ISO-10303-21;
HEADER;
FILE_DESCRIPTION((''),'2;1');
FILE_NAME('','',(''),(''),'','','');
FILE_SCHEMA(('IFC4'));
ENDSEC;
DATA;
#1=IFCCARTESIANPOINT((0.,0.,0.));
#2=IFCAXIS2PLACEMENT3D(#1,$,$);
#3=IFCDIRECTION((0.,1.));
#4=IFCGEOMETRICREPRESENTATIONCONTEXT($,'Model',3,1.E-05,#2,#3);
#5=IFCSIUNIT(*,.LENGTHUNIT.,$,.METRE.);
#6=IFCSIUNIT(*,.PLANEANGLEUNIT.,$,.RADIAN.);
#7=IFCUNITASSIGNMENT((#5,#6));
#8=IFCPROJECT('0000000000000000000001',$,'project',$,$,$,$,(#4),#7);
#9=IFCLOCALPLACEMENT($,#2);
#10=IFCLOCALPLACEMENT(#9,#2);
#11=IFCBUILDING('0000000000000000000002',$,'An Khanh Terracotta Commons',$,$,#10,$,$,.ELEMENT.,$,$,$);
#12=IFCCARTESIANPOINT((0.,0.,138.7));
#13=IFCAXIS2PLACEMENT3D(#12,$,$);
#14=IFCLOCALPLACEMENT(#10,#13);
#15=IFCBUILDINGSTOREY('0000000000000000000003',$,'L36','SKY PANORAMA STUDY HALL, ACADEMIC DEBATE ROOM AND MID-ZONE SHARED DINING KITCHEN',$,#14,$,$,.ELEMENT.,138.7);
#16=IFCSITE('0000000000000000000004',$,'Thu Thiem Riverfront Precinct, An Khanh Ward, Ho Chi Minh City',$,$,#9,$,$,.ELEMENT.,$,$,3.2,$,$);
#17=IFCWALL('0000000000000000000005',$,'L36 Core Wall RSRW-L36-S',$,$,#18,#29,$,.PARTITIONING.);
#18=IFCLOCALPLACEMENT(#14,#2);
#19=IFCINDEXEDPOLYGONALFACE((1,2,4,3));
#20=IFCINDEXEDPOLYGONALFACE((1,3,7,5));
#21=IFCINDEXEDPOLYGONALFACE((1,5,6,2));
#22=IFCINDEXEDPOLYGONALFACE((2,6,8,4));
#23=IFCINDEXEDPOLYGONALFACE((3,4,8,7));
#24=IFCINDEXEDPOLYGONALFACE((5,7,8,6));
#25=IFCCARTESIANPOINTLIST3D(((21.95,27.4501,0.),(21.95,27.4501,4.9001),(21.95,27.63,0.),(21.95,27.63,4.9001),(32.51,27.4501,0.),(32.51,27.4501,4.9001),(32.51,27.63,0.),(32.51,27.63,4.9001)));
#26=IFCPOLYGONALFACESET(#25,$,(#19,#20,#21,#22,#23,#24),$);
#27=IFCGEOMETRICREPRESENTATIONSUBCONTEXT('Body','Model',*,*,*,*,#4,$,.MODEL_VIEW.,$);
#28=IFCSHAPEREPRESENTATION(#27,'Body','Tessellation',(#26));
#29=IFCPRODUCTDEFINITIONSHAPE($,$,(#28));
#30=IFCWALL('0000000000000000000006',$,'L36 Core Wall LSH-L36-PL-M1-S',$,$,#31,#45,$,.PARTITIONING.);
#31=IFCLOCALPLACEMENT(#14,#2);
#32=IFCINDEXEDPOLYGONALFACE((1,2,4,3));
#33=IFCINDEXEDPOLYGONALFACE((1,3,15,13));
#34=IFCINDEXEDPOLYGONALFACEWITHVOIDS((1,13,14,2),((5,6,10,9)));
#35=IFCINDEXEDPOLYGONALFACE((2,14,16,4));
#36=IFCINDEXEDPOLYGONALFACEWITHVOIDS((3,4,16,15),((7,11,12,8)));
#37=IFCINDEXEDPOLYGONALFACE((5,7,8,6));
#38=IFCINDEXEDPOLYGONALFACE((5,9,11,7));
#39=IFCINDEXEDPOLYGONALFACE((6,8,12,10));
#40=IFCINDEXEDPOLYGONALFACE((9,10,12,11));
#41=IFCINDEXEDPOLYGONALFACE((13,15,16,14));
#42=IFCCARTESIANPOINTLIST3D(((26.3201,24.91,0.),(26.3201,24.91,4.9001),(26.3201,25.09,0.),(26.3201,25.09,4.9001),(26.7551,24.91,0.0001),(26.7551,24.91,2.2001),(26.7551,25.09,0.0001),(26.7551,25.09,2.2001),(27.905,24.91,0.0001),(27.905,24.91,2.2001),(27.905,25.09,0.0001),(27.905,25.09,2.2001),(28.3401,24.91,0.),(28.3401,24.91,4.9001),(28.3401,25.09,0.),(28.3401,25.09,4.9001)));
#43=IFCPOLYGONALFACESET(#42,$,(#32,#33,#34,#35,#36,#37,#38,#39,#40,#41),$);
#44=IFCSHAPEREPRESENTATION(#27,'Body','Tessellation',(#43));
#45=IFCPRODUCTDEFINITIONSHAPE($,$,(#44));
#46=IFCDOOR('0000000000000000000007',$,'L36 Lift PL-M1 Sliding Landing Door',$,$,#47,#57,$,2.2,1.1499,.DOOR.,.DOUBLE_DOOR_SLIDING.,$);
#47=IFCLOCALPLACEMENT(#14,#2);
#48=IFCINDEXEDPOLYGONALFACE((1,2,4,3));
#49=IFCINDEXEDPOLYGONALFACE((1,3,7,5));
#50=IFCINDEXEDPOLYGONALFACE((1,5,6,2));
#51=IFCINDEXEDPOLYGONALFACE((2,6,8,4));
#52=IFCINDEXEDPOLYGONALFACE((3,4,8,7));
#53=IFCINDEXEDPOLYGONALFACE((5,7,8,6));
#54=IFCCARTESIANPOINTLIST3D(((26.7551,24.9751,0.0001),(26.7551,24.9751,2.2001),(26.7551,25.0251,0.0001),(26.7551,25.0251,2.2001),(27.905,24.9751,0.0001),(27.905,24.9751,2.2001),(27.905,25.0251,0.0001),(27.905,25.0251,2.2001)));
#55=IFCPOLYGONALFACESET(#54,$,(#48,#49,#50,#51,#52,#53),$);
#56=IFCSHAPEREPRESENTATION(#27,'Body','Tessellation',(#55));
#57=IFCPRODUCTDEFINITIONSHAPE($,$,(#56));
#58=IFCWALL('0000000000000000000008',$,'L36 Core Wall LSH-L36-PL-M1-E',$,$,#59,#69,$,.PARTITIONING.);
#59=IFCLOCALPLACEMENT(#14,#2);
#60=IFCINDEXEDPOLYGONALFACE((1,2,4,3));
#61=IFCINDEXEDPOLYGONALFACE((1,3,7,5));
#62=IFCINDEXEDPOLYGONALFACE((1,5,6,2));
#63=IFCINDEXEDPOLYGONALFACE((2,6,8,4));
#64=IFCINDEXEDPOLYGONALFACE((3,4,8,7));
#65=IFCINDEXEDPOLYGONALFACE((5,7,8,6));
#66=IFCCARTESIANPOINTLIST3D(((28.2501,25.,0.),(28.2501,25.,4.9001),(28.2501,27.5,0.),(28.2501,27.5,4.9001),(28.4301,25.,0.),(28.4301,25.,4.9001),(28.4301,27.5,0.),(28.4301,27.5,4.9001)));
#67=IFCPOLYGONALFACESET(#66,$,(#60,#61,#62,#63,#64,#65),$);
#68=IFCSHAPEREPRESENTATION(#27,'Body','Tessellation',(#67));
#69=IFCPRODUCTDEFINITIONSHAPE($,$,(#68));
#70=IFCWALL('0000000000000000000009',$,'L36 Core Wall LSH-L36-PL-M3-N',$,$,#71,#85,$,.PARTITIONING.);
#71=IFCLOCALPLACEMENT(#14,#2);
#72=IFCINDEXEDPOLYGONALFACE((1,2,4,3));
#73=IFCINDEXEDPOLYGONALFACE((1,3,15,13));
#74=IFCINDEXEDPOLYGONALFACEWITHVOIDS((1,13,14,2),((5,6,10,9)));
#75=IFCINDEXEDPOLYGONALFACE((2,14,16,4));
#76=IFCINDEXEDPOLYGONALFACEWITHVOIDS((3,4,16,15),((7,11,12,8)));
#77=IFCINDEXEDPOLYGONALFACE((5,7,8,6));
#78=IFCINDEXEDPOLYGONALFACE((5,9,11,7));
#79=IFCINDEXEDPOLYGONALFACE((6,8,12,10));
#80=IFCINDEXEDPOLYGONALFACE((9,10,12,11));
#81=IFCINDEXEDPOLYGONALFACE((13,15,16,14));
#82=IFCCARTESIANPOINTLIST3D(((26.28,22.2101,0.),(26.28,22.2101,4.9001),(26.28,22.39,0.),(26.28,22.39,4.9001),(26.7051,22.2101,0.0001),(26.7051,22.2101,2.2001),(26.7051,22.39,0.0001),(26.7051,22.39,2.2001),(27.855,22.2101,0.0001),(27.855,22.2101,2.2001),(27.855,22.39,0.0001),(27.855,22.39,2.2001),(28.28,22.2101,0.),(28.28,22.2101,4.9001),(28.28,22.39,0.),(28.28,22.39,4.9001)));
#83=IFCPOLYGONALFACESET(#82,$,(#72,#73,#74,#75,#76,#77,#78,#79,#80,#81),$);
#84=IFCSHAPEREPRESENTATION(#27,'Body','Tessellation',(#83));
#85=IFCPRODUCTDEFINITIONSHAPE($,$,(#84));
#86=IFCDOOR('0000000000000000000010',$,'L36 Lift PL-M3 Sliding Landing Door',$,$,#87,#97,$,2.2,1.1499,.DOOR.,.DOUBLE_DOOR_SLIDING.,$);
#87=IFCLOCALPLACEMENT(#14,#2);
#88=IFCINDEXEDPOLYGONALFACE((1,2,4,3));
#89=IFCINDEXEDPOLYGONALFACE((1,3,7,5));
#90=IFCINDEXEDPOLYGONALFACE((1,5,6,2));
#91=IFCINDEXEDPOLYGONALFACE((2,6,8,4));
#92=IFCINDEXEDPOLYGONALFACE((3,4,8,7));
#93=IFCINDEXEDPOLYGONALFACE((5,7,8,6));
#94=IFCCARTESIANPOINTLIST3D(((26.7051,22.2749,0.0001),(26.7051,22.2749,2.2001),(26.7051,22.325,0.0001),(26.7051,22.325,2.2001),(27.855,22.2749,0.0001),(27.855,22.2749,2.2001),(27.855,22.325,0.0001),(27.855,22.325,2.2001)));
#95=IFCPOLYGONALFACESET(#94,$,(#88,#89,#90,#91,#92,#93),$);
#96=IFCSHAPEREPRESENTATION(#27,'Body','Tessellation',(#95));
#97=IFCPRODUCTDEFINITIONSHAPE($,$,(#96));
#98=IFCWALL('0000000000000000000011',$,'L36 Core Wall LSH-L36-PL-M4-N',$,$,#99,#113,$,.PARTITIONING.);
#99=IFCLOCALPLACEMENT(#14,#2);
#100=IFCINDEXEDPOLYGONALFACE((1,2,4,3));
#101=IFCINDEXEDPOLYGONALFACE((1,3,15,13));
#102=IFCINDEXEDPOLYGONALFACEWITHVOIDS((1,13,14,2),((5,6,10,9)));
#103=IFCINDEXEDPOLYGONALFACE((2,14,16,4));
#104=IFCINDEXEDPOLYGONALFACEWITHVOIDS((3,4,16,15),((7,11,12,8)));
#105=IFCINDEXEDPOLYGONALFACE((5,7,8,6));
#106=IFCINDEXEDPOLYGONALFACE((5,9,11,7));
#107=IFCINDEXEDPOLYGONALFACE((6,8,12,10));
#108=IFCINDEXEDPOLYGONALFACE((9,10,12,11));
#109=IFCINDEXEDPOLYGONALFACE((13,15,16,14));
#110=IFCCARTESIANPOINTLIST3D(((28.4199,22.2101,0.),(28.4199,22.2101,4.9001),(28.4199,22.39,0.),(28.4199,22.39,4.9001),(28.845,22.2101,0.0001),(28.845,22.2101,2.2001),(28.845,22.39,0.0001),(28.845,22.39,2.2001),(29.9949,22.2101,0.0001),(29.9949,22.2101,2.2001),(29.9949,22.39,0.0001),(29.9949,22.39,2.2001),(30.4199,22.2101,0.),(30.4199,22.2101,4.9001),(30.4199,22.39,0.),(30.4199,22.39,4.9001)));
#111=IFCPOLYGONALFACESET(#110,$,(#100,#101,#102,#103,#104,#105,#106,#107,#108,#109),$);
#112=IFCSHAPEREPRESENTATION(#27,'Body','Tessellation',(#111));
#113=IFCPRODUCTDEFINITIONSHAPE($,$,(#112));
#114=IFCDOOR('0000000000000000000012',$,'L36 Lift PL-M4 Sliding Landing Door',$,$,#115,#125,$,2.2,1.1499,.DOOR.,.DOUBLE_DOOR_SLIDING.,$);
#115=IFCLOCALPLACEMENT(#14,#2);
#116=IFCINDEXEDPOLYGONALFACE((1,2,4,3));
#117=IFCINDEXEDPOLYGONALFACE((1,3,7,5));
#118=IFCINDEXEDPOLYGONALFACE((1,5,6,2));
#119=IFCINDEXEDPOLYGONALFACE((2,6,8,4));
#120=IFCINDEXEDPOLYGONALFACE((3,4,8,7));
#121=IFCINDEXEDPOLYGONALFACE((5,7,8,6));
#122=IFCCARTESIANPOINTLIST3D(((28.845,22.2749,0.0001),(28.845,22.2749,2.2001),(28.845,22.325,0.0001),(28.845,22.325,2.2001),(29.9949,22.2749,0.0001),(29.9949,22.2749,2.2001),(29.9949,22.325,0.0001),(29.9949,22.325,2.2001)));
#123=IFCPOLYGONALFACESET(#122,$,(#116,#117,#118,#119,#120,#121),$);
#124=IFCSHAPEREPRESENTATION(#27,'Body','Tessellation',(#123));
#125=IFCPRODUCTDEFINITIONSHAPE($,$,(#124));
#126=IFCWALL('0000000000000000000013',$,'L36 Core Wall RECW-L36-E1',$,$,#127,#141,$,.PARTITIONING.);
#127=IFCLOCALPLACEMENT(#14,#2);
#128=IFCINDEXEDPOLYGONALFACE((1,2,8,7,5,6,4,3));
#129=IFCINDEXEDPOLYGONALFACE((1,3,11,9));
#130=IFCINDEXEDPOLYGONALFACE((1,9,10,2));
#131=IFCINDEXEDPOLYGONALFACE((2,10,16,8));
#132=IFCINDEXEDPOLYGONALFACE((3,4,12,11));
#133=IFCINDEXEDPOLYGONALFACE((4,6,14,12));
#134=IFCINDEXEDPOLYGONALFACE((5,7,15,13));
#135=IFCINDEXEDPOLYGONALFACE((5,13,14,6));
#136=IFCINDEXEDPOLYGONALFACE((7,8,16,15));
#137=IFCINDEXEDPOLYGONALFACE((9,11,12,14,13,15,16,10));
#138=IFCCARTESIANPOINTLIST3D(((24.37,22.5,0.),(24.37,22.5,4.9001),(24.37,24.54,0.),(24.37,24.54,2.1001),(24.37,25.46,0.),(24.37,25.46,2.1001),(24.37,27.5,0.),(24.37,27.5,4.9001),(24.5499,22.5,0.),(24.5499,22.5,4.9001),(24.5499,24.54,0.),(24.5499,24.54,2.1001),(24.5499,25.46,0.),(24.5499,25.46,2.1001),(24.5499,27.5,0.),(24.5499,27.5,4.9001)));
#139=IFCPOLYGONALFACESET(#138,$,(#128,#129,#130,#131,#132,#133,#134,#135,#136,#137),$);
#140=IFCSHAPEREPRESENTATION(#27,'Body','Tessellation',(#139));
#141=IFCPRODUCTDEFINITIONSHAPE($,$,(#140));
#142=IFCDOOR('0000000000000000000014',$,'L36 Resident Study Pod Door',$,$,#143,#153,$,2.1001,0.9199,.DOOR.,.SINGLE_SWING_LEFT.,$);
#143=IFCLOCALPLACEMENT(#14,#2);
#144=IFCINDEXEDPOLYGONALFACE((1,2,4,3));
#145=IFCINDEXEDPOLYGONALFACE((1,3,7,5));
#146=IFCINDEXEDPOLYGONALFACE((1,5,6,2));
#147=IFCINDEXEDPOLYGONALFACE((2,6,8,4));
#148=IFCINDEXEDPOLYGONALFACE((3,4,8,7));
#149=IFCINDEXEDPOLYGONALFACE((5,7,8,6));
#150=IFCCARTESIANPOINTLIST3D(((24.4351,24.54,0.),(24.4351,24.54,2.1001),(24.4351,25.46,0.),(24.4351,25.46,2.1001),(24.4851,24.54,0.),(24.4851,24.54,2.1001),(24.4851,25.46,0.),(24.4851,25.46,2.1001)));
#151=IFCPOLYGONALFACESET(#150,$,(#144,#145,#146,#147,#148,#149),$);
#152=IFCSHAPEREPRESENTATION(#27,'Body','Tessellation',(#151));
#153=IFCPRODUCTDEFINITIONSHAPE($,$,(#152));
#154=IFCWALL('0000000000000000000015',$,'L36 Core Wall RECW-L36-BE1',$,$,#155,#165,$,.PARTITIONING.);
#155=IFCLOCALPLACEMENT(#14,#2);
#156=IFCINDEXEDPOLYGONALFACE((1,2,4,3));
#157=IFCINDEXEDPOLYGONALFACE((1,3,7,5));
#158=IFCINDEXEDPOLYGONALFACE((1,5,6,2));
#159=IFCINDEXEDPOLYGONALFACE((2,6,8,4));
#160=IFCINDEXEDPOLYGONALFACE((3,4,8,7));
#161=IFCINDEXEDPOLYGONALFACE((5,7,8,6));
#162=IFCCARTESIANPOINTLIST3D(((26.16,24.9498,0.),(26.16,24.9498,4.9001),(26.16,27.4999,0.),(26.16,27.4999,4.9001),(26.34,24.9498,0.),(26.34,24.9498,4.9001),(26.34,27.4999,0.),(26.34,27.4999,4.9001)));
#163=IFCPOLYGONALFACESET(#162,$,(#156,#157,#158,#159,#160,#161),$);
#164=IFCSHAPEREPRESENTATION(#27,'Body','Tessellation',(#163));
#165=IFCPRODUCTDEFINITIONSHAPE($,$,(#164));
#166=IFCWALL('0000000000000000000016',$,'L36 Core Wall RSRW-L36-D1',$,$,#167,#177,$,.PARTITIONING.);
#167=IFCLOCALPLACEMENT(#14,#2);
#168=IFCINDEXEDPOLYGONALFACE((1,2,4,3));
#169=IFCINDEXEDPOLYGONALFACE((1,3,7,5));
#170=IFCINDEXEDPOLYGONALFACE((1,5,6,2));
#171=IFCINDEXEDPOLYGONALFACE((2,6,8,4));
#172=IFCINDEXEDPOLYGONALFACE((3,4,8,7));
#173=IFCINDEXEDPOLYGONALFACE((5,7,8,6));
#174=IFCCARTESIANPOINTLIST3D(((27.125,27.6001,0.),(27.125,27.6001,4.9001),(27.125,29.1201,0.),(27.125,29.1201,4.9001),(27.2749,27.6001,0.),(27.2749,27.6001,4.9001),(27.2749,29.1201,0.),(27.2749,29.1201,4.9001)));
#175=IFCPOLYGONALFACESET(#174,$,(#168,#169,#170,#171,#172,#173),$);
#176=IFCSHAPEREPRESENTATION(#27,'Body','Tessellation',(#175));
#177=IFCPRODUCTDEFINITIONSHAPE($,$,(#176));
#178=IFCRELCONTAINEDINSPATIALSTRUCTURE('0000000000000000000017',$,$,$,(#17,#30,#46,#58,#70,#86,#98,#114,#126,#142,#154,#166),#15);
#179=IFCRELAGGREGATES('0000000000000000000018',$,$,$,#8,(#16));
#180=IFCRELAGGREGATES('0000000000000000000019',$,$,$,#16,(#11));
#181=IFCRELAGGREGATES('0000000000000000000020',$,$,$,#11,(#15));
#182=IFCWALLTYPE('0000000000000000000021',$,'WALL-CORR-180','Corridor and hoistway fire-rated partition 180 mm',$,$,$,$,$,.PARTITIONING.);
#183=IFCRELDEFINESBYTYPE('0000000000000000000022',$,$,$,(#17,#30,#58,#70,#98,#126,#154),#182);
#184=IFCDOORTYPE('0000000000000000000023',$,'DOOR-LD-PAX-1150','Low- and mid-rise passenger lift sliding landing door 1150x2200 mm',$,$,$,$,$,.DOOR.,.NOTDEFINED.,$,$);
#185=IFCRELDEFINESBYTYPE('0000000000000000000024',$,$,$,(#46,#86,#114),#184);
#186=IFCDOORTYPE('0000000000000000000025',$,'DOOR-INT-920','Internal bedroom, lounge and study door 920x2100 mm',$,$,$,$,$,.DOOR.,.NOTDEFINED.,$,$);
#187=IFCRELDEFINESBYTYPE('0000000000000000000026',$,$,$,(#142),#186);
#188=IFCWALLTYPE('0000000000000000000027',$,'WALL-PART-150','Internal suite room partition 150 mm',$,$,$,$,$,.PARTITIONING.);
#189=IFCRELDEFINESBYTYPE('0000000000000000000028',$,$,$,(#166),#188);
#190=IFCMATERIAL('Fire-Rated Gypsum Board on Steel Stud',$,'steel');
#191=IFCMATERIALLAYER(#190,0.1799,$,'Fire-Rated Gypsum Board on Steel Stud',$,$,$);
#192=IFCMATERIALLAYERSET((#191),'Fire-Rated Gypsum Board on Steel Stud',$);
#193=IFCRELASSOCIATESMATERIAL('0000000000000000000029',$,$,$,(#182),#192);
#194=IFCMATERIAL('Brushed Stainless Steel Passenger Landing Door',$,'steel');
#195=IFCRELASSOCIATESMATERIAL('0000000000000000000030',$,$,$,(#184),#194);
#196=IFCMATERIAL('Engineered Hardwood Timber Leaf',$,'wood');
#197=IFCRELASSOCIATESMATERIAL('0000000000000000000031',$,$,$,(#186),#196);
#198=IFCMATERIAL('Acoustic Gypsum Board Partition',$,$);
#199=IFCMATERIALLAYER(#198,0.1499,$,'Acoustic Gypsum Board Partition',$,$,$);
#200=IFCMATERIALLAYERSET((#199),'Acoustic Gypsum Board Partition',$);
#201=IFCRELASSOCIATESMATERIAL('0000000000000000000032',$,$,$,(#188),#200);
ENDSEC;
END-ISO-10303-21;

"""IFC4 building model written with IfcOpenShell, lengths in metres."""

from ifc_helpers import new_model, si_unit, direction, frame, frame_2d, origin, place, context, subcontext, project, spatial, rectangle, extrude, material, layer, layer_set, type_object, element, fill, save


model = new_model("IFC4")

# Units and contexts
model_context = context("Model", 3, precision=1e-05, world=origin(), true_north=direction((0.0, 1.0)))
body_context = subcontext(model_context, "Body", "Model", "MODEL_VIEW")
ifc_project = project(units=[si_unit("LENGTHUNIT", "METRE"), si_unit("PLANEANGLEUNIT", "RADIAN")], contexts=[model_context])

# Site, building, storey
site_placement = place(None, origin())
site = spatial("IfcSite", under=ifc_project, at=site_placement, Name="Thu Thiem Riverfront Precinct, An Khanh Ward, Ho Chi Minh City", CompositionType="ELEMENT", RefElevation=3.2)
building_placement = place(site_placement, origin())
building = spatial("IfcBuilding", under=site, at=building_placement, Name="An Khanh Terracotta Commons", CompositionType="ELEMENT")
storey_placement = place(building_placement, frame((0.0, 0.0, 138.7)))
storey = spatial("IfcBuildingStorey", under=building, at=storey_placement, Name="L36", Description="SKY PANORAMA STUDY HALL, ACADEMIC DEBATE ROOM AND MID-ZONE SHARED DINING KITCHEN", CompositionType="ELEMENT", Elevation=138.7)

# Wall
ifc_material_1 = material(Name="Fire-Rated Gypsum Board on Steel Stud", Category="steel")
ifc_layer_1 = layer(ifc_material_1, 0.1799, Name="Fire-Rated Gypsum Board on Steel Stud")
ifc_layer_set_1 = layer_set([ifc_layer_1], Name="Fire-Rated Gypsum Board on Steel Stud")
wall_type_1 = type_object("IfcWallType", Name="WALL-CORR-180", Description="Corridor and hoistway fire-rated partition 180 mm", PredefinedType="PARTITIONING", material=ifc_layer_set_1)
wall_1_placement = place(storey_placement, frame((21.95, 27.54, 0.0), z_axis=(0.0, 0.0, 1.0), x_axis=(1.0, 0.0, 0.0)))
element("IfcWall", 1, at=wall_1_placement, inside=storey, type_object=wall_type_1, Name="L36 Core Wall RSRW-L36-S", PredefinedType="PARTITIONING", context=body_context, shape_type="SweptSolid", body=[
    extrude(rectangle(XDim=10.5601, YDim=0.1799, at=frame_2d((5.28, 0.0))), origin(), (0.0, 0.0, 1.0), 4.9001),
])

# Wall, opening, door
wall_2_placement = place(storey_placement, frame((28.3401, 25.0, 0.0), z_axis=(0.0, 0.0, 1.0), x_axis=(-1.0, 0.0, 0.0)))
wall_2 = element("IfcWall", 2, at=wall_2_placement, inside=storey, type_object=wall_type_1, Name="L36 Core Wall LSH-L36-PL-M1-S", PredefinedType="PARTITIONING", context=body_context, shape_type="SweptSolid", body=[
    extrude(rectangle(XDim=2.02, YDim=0.1799, at=frame_2d((1.01, 0.0))), origin(), (0.0, 0.0, 1.0), 4.9001),
])
opening_1_placement = place(wall_2_placement, frame((0.4351, 0.0, 0.0)))
opening_1 = element("IfcOpeningElement", 3, at=opening_1_placement, cuts=wall_2, PredefinedType="OPENING", context=body_context, shape_type="SweptSolid", body=[
    extrude(rectangle(XDim=1.1499, YDim=2.2, at=frame_2d((0.575, 1.1001))), frame((0.0, 0.0999, 0.0), z_axis=(0.0, -1.0, 0.0), x_axis=(1.0, 0.0, 0.0)), (0.0, 0.0, 1.0), 0.2),
])
ifc_material_2 = material(Name="Brushed Stainless Steel Passenger Landing Door", Category="steel")
door_type_1 = type_object("IfcDoorType", Name="DOOR-LD-PAX-1150", Description="Low- and mid-rise passenger lift sliding landing door 1150x2200 mm", OperationType="NOTDEFINED", PredefinedType="DOOR", material=ifc_material_2)
door_1_placement = place(opening_1_placement, origin())
door_1 = element("IfcDoor", 4, at=door_1_placement, inside=storey, type_object=door_type_1, Name="L36 Lift PL-M1 Sliding Landing Door", OperationType="DOUBLE_DOOR_SLIDING", OverallHeight=2.2, OverallWidth=1.1499, PredefinedType="DOOR", context=body_context, shape_type="SweptSolid", body=[
    extrude(rectangle(XDim=1.1499, YDim=2.2, at=frame_2d((0.575, 1.1001))), frame((0.0, 0.0249, 0.0), z_axis=(0.0, -1.0, 0.0), x_axis=(1.0, 0.0, 0.0)), (0.0, 0.0, 1.0), 0.05),
])
fill(opening_1, door_1)

# Wall
wall_3_placement = place(storey_placement, frame((28.3401, 25.0, 0.0), z_axis=(0.0, 0.0, 1.0), x_axis=(0.0, 1.0, 0.0)))
element("IfcWall", 5, at=wall_3_placement, inside=storey, type_object=wall_type_1, Name="L36 Core Wall LSH-L36-PL-M1-E", PredefinedType="PARTITIONING", context=body_context, shape_type="SweptSolid", body=[
    extrude(rectangle(XDim=2.5, YDim=0.1799, at=frame_2d((1.25, 0.0))), origin(), (0.0, 0.0, 1.0), 4.9001),
])

# Walls, openings, doors
wall_4_placement = place(storey_placement, frame((26.28, 22.3, 0.0), z_axis=(0.0, 0.0, 1.0), x_axis=(1.0, 0.0, 0.0)))
wall_4 = element("IfcWall", 6, at=wall_4_placement, inside=storey, type_object=wall_type_1, Name="L36 Core Wall LSH-L36-PL-M3-N", PredefinedType="PARTITIONING", context=body_context, shape_type="SweptSolid", body=[
    extrude(rectangle(XDim=2.0, YDim=0.1799, at=frame_2d((1.0, 0.0))), origin(), (0.0, 0.0, 1.0), 4.9001),
])
opening_2_placement = place(wall_4_placement, frame((0.425, 0.0, 0.0)))
opening_2 = element("IfcOpeningElement", 7, at=opening_2_placement, cuts=wall_4, PredefinedType="OPENING", context=body_context, shape_type="SweptSolid", body=[
    extrude(rectangle(XDim=1.1499, YDim=2.2, at=frame_2d((0.575, 1.1001))), frame((0.0, 0.0999, 0.0), z_axis=(0.0, -1.0, 0.0), x_axis=(1.0, 0.0, 0.0)), (0.0, 0.0, 1.0), 0.2),
])
door_2_placement = place(opening_2_placement, origin())
door_2 = element("IfcDoor", 8, at=door_2_placement, inside=storey, type_object=door_type_1, Name="L36 Lift PL-M3 Sliding Landing Door", OperationType="DOUBLE_DOOR_SLIDING", OverallHeight=2.2, OverallWidth=1.1499, PredefinedType="DOOR", context=body_context, shape_type="SweptSolid", body=[
    extrude(rectangle(XDim=1.1499, YDim=2.2, at=frame_2d((0.575, 1.1001))), frame((0.0, 0.0249, 0.0), z_axis=(0.0, -1.0, 0.0), x_axis=(1.0, 0.0, 0.0)), (0.0, 0.0, 1.0), 0.05),
])
fill(opening_2, door_2)
wall_5_placement = place(storey_placement, frame((28.4199, 22.3, 0.0), z_axis=(0.0, 0.0, 1.0), x_axis=(1.0, 0.0, 0.0)))
wall_5 = element("IfcWall", 9, at=wall_5_placement, inside=storey, type_object=wall_type_1, Name="L36 Core Wall LSH-L36-PL-M4-N", PredefinedType="PARTITIONING", context=body_context, shape_type="SweptSolid", body=[
    extrude(rectangle(XDim=2.0, YDim=0.1799, at=frame_2d((1.0, 0.0))), origin(), (0.0, 0.0, 1.0), 4.9001),
])
opening_3_placement = place(wall_5_placement, frame((0.425, 0.0, 0.0)))
opening_3 = element("IfcOpeningElement", 10, at=opening_3_placement, cuts=wall_5, PredefinedType="OPENING", context=body_context, shape_type="SweptSolid", body=[
    extrude(rectangle(XDim=1.1499, YDim=2.2, at=frame_2d((0.575, 1.1001))), frame((0.0, 0.0999, 0.0), z_axis=(0.0, -1.0, 0.0), x_axis=(1.0, 0.0, 0.0)), (0.0, 0.0, 1.0), 0.2),
])
door_3_placement = place(opening_3_placement, origin())
door_3 = element("IfcDoor", 11, at=door_3_placement, inside=storey, type_object=door_type_1, Name="L36 Lift PL-M4 Sliding Landing Door", OperationType="DOUBLE_DOOR_SLIDING", OverallHeight=2.2, OverallWidth=1.1499, PredefinedType="DOOR", context=body_context, shape_type="SweptSolid", body=[
    extrude(rectangle(XDim=1.1499, YDim=2.2, at=frame_2d((0.575, 1.1001))), frame((0.0, 0.0249, 0.0), z_axis=(0.0, -1.0, 0.0), x_axis=(1.0, 0.0, 0.0)), (0.0, 0.0, 1.0), 0.05),
])
fill(opening_3, door_3)
wall_6_placement = place(storey_placement, frame((24.46, 22.5, 0.0), z_axis=(0.0, 0.0, 1.0), x_axis=(0.0, 1.0, 0.0)))
wall_6 = element("IfcWall", 12, at=wall_6_placement, inside=storey, type_object=wall_type_1, Name="L36 Core Wall RECW-L36-E1", PredefinedType="PARTITIONING", context=body_context, shape_type="SweptSolid", body=[
    extrude(rectangle(XDim=5.0, YDim=0.1799, at=frame_2d((2.5, 0.0))), origin(), (0.0, 0.0, 1.0), 4.9001),
])
opening_4_placement = place(wall_6_placement, frame((2.04, 0.0, 0.0)))
opening_4 = element("IfcOpeningElement", 13, at=opening_4_placement, cuts=wall_6, PredefinedType="OPENING", context=body_context, shape_type="SweptSolid", body=[
    extrude(rectangle(XDim=0.9199, YDim=2.1001, at=frame_2d((0.46, 1.05))), frame((0.0, 0.0999, 0.0), z_axis=(0.0, -1.0, 0.0), x_axis=(1.0, 0.0, 0.0)), (0.0, 0.0, 1.0), 0.2),
])
ifc_material_3 = material(Name="Engineered Hardwood Timber Leaf", Category="wood")
door_type_2 = type_object("IfcDoorType", Name="DOOR-INT-920", Description="Internal bedroom, lounge and study door 920x2100 mm", OperationType="NOTDEFINED", PredefinedType="DOOR", material=ifc_material_3)
door_4_placement = place(opening_4_placement, origin())
door_4 = element("IfcDoor", 14, at=door_4_placement, inside=storey, type_object=door_type_2, Name="L36 Resident Study Pod Door", OperationType="SINGLE_SWING_LEFT", OverallHeight=2.1001, OverallWidth=0.9199, PredefinedType="DOOR", context=body_context, shape_type="SweptSolid", body=[
    extrude(rectangle(XDim=0.9199, YDim=2.1001, at=frame_2d((0.46, 1.05))), frame((0.0, 0.0249, 0.0), z_axis=(0.0, -1.0, 0.0), x_axis=(1.0, 0.0, 0.0)), (0.0, 0.0, 1.0), 0.05),
])
fill(opening_4, door_4)

# Walls
wall_7_placement = place(storey_placement, frame((26.25, 24.95, 0.0), z_axis=(0.0, 0.0, 1.0), x_axis=(0.0, 1.0, 0.0)))
element("IfcWall", 15, at=wall_7_placement, inside=storey, type_object=wall_type_1, Name="L36 Core Wall RECW-L36-BE1", PredefinedType="PARTITIONING", context=body_context, shape_type="SweptSolid", body=[
    extrude(rectangle(XDim=2.55, YDim=0.1799, at=frame_2d((1.2749, 0.0))), origin(), (0.0, 0.0, 1.0), 4.9001),
])
ifc_material_4 = material(Name="Acoustic Gypsum Board Partition")
ifc_layer_2 = layer(ifc_material_4, 0.1499, Name="Acoustic Gypsum Board Partition")
ifc_layer_set_2 = layer_set([ifc_layer_2], Name="Acoustic Gypsum Board Partition")
wall_type_2 = type_object("IfcWallType", Name="WALL-PART-150", Description="Internal suite room partition 150 mm", PredefinedType="PARTITIONING", material=ifc_layer_set_2)
wall_8_placement = place(storey_placement, frame((27.2, 27.6001, 0.0), z_axis=(0.0, 0.0, 1.0), x_axis=(0.0, 1.0, 0.0)))
element("IfcWall", 16, at=wall_8_placement, inside=storey, type_object=wall_type_2, Name="L36 Core Wall RSRW-L36-D1", PredefinedType="PARTITIONING", context=body_context, shape_type="SweptSolid", body=[
    extrude(rectangle(XDim=1.52, YDim=0.1499, at=frame_2d((0.76, 0.0))), origin(), (0.0, 0.0, 1.0), 4.9001),
])

save(model, "model.ifc")
